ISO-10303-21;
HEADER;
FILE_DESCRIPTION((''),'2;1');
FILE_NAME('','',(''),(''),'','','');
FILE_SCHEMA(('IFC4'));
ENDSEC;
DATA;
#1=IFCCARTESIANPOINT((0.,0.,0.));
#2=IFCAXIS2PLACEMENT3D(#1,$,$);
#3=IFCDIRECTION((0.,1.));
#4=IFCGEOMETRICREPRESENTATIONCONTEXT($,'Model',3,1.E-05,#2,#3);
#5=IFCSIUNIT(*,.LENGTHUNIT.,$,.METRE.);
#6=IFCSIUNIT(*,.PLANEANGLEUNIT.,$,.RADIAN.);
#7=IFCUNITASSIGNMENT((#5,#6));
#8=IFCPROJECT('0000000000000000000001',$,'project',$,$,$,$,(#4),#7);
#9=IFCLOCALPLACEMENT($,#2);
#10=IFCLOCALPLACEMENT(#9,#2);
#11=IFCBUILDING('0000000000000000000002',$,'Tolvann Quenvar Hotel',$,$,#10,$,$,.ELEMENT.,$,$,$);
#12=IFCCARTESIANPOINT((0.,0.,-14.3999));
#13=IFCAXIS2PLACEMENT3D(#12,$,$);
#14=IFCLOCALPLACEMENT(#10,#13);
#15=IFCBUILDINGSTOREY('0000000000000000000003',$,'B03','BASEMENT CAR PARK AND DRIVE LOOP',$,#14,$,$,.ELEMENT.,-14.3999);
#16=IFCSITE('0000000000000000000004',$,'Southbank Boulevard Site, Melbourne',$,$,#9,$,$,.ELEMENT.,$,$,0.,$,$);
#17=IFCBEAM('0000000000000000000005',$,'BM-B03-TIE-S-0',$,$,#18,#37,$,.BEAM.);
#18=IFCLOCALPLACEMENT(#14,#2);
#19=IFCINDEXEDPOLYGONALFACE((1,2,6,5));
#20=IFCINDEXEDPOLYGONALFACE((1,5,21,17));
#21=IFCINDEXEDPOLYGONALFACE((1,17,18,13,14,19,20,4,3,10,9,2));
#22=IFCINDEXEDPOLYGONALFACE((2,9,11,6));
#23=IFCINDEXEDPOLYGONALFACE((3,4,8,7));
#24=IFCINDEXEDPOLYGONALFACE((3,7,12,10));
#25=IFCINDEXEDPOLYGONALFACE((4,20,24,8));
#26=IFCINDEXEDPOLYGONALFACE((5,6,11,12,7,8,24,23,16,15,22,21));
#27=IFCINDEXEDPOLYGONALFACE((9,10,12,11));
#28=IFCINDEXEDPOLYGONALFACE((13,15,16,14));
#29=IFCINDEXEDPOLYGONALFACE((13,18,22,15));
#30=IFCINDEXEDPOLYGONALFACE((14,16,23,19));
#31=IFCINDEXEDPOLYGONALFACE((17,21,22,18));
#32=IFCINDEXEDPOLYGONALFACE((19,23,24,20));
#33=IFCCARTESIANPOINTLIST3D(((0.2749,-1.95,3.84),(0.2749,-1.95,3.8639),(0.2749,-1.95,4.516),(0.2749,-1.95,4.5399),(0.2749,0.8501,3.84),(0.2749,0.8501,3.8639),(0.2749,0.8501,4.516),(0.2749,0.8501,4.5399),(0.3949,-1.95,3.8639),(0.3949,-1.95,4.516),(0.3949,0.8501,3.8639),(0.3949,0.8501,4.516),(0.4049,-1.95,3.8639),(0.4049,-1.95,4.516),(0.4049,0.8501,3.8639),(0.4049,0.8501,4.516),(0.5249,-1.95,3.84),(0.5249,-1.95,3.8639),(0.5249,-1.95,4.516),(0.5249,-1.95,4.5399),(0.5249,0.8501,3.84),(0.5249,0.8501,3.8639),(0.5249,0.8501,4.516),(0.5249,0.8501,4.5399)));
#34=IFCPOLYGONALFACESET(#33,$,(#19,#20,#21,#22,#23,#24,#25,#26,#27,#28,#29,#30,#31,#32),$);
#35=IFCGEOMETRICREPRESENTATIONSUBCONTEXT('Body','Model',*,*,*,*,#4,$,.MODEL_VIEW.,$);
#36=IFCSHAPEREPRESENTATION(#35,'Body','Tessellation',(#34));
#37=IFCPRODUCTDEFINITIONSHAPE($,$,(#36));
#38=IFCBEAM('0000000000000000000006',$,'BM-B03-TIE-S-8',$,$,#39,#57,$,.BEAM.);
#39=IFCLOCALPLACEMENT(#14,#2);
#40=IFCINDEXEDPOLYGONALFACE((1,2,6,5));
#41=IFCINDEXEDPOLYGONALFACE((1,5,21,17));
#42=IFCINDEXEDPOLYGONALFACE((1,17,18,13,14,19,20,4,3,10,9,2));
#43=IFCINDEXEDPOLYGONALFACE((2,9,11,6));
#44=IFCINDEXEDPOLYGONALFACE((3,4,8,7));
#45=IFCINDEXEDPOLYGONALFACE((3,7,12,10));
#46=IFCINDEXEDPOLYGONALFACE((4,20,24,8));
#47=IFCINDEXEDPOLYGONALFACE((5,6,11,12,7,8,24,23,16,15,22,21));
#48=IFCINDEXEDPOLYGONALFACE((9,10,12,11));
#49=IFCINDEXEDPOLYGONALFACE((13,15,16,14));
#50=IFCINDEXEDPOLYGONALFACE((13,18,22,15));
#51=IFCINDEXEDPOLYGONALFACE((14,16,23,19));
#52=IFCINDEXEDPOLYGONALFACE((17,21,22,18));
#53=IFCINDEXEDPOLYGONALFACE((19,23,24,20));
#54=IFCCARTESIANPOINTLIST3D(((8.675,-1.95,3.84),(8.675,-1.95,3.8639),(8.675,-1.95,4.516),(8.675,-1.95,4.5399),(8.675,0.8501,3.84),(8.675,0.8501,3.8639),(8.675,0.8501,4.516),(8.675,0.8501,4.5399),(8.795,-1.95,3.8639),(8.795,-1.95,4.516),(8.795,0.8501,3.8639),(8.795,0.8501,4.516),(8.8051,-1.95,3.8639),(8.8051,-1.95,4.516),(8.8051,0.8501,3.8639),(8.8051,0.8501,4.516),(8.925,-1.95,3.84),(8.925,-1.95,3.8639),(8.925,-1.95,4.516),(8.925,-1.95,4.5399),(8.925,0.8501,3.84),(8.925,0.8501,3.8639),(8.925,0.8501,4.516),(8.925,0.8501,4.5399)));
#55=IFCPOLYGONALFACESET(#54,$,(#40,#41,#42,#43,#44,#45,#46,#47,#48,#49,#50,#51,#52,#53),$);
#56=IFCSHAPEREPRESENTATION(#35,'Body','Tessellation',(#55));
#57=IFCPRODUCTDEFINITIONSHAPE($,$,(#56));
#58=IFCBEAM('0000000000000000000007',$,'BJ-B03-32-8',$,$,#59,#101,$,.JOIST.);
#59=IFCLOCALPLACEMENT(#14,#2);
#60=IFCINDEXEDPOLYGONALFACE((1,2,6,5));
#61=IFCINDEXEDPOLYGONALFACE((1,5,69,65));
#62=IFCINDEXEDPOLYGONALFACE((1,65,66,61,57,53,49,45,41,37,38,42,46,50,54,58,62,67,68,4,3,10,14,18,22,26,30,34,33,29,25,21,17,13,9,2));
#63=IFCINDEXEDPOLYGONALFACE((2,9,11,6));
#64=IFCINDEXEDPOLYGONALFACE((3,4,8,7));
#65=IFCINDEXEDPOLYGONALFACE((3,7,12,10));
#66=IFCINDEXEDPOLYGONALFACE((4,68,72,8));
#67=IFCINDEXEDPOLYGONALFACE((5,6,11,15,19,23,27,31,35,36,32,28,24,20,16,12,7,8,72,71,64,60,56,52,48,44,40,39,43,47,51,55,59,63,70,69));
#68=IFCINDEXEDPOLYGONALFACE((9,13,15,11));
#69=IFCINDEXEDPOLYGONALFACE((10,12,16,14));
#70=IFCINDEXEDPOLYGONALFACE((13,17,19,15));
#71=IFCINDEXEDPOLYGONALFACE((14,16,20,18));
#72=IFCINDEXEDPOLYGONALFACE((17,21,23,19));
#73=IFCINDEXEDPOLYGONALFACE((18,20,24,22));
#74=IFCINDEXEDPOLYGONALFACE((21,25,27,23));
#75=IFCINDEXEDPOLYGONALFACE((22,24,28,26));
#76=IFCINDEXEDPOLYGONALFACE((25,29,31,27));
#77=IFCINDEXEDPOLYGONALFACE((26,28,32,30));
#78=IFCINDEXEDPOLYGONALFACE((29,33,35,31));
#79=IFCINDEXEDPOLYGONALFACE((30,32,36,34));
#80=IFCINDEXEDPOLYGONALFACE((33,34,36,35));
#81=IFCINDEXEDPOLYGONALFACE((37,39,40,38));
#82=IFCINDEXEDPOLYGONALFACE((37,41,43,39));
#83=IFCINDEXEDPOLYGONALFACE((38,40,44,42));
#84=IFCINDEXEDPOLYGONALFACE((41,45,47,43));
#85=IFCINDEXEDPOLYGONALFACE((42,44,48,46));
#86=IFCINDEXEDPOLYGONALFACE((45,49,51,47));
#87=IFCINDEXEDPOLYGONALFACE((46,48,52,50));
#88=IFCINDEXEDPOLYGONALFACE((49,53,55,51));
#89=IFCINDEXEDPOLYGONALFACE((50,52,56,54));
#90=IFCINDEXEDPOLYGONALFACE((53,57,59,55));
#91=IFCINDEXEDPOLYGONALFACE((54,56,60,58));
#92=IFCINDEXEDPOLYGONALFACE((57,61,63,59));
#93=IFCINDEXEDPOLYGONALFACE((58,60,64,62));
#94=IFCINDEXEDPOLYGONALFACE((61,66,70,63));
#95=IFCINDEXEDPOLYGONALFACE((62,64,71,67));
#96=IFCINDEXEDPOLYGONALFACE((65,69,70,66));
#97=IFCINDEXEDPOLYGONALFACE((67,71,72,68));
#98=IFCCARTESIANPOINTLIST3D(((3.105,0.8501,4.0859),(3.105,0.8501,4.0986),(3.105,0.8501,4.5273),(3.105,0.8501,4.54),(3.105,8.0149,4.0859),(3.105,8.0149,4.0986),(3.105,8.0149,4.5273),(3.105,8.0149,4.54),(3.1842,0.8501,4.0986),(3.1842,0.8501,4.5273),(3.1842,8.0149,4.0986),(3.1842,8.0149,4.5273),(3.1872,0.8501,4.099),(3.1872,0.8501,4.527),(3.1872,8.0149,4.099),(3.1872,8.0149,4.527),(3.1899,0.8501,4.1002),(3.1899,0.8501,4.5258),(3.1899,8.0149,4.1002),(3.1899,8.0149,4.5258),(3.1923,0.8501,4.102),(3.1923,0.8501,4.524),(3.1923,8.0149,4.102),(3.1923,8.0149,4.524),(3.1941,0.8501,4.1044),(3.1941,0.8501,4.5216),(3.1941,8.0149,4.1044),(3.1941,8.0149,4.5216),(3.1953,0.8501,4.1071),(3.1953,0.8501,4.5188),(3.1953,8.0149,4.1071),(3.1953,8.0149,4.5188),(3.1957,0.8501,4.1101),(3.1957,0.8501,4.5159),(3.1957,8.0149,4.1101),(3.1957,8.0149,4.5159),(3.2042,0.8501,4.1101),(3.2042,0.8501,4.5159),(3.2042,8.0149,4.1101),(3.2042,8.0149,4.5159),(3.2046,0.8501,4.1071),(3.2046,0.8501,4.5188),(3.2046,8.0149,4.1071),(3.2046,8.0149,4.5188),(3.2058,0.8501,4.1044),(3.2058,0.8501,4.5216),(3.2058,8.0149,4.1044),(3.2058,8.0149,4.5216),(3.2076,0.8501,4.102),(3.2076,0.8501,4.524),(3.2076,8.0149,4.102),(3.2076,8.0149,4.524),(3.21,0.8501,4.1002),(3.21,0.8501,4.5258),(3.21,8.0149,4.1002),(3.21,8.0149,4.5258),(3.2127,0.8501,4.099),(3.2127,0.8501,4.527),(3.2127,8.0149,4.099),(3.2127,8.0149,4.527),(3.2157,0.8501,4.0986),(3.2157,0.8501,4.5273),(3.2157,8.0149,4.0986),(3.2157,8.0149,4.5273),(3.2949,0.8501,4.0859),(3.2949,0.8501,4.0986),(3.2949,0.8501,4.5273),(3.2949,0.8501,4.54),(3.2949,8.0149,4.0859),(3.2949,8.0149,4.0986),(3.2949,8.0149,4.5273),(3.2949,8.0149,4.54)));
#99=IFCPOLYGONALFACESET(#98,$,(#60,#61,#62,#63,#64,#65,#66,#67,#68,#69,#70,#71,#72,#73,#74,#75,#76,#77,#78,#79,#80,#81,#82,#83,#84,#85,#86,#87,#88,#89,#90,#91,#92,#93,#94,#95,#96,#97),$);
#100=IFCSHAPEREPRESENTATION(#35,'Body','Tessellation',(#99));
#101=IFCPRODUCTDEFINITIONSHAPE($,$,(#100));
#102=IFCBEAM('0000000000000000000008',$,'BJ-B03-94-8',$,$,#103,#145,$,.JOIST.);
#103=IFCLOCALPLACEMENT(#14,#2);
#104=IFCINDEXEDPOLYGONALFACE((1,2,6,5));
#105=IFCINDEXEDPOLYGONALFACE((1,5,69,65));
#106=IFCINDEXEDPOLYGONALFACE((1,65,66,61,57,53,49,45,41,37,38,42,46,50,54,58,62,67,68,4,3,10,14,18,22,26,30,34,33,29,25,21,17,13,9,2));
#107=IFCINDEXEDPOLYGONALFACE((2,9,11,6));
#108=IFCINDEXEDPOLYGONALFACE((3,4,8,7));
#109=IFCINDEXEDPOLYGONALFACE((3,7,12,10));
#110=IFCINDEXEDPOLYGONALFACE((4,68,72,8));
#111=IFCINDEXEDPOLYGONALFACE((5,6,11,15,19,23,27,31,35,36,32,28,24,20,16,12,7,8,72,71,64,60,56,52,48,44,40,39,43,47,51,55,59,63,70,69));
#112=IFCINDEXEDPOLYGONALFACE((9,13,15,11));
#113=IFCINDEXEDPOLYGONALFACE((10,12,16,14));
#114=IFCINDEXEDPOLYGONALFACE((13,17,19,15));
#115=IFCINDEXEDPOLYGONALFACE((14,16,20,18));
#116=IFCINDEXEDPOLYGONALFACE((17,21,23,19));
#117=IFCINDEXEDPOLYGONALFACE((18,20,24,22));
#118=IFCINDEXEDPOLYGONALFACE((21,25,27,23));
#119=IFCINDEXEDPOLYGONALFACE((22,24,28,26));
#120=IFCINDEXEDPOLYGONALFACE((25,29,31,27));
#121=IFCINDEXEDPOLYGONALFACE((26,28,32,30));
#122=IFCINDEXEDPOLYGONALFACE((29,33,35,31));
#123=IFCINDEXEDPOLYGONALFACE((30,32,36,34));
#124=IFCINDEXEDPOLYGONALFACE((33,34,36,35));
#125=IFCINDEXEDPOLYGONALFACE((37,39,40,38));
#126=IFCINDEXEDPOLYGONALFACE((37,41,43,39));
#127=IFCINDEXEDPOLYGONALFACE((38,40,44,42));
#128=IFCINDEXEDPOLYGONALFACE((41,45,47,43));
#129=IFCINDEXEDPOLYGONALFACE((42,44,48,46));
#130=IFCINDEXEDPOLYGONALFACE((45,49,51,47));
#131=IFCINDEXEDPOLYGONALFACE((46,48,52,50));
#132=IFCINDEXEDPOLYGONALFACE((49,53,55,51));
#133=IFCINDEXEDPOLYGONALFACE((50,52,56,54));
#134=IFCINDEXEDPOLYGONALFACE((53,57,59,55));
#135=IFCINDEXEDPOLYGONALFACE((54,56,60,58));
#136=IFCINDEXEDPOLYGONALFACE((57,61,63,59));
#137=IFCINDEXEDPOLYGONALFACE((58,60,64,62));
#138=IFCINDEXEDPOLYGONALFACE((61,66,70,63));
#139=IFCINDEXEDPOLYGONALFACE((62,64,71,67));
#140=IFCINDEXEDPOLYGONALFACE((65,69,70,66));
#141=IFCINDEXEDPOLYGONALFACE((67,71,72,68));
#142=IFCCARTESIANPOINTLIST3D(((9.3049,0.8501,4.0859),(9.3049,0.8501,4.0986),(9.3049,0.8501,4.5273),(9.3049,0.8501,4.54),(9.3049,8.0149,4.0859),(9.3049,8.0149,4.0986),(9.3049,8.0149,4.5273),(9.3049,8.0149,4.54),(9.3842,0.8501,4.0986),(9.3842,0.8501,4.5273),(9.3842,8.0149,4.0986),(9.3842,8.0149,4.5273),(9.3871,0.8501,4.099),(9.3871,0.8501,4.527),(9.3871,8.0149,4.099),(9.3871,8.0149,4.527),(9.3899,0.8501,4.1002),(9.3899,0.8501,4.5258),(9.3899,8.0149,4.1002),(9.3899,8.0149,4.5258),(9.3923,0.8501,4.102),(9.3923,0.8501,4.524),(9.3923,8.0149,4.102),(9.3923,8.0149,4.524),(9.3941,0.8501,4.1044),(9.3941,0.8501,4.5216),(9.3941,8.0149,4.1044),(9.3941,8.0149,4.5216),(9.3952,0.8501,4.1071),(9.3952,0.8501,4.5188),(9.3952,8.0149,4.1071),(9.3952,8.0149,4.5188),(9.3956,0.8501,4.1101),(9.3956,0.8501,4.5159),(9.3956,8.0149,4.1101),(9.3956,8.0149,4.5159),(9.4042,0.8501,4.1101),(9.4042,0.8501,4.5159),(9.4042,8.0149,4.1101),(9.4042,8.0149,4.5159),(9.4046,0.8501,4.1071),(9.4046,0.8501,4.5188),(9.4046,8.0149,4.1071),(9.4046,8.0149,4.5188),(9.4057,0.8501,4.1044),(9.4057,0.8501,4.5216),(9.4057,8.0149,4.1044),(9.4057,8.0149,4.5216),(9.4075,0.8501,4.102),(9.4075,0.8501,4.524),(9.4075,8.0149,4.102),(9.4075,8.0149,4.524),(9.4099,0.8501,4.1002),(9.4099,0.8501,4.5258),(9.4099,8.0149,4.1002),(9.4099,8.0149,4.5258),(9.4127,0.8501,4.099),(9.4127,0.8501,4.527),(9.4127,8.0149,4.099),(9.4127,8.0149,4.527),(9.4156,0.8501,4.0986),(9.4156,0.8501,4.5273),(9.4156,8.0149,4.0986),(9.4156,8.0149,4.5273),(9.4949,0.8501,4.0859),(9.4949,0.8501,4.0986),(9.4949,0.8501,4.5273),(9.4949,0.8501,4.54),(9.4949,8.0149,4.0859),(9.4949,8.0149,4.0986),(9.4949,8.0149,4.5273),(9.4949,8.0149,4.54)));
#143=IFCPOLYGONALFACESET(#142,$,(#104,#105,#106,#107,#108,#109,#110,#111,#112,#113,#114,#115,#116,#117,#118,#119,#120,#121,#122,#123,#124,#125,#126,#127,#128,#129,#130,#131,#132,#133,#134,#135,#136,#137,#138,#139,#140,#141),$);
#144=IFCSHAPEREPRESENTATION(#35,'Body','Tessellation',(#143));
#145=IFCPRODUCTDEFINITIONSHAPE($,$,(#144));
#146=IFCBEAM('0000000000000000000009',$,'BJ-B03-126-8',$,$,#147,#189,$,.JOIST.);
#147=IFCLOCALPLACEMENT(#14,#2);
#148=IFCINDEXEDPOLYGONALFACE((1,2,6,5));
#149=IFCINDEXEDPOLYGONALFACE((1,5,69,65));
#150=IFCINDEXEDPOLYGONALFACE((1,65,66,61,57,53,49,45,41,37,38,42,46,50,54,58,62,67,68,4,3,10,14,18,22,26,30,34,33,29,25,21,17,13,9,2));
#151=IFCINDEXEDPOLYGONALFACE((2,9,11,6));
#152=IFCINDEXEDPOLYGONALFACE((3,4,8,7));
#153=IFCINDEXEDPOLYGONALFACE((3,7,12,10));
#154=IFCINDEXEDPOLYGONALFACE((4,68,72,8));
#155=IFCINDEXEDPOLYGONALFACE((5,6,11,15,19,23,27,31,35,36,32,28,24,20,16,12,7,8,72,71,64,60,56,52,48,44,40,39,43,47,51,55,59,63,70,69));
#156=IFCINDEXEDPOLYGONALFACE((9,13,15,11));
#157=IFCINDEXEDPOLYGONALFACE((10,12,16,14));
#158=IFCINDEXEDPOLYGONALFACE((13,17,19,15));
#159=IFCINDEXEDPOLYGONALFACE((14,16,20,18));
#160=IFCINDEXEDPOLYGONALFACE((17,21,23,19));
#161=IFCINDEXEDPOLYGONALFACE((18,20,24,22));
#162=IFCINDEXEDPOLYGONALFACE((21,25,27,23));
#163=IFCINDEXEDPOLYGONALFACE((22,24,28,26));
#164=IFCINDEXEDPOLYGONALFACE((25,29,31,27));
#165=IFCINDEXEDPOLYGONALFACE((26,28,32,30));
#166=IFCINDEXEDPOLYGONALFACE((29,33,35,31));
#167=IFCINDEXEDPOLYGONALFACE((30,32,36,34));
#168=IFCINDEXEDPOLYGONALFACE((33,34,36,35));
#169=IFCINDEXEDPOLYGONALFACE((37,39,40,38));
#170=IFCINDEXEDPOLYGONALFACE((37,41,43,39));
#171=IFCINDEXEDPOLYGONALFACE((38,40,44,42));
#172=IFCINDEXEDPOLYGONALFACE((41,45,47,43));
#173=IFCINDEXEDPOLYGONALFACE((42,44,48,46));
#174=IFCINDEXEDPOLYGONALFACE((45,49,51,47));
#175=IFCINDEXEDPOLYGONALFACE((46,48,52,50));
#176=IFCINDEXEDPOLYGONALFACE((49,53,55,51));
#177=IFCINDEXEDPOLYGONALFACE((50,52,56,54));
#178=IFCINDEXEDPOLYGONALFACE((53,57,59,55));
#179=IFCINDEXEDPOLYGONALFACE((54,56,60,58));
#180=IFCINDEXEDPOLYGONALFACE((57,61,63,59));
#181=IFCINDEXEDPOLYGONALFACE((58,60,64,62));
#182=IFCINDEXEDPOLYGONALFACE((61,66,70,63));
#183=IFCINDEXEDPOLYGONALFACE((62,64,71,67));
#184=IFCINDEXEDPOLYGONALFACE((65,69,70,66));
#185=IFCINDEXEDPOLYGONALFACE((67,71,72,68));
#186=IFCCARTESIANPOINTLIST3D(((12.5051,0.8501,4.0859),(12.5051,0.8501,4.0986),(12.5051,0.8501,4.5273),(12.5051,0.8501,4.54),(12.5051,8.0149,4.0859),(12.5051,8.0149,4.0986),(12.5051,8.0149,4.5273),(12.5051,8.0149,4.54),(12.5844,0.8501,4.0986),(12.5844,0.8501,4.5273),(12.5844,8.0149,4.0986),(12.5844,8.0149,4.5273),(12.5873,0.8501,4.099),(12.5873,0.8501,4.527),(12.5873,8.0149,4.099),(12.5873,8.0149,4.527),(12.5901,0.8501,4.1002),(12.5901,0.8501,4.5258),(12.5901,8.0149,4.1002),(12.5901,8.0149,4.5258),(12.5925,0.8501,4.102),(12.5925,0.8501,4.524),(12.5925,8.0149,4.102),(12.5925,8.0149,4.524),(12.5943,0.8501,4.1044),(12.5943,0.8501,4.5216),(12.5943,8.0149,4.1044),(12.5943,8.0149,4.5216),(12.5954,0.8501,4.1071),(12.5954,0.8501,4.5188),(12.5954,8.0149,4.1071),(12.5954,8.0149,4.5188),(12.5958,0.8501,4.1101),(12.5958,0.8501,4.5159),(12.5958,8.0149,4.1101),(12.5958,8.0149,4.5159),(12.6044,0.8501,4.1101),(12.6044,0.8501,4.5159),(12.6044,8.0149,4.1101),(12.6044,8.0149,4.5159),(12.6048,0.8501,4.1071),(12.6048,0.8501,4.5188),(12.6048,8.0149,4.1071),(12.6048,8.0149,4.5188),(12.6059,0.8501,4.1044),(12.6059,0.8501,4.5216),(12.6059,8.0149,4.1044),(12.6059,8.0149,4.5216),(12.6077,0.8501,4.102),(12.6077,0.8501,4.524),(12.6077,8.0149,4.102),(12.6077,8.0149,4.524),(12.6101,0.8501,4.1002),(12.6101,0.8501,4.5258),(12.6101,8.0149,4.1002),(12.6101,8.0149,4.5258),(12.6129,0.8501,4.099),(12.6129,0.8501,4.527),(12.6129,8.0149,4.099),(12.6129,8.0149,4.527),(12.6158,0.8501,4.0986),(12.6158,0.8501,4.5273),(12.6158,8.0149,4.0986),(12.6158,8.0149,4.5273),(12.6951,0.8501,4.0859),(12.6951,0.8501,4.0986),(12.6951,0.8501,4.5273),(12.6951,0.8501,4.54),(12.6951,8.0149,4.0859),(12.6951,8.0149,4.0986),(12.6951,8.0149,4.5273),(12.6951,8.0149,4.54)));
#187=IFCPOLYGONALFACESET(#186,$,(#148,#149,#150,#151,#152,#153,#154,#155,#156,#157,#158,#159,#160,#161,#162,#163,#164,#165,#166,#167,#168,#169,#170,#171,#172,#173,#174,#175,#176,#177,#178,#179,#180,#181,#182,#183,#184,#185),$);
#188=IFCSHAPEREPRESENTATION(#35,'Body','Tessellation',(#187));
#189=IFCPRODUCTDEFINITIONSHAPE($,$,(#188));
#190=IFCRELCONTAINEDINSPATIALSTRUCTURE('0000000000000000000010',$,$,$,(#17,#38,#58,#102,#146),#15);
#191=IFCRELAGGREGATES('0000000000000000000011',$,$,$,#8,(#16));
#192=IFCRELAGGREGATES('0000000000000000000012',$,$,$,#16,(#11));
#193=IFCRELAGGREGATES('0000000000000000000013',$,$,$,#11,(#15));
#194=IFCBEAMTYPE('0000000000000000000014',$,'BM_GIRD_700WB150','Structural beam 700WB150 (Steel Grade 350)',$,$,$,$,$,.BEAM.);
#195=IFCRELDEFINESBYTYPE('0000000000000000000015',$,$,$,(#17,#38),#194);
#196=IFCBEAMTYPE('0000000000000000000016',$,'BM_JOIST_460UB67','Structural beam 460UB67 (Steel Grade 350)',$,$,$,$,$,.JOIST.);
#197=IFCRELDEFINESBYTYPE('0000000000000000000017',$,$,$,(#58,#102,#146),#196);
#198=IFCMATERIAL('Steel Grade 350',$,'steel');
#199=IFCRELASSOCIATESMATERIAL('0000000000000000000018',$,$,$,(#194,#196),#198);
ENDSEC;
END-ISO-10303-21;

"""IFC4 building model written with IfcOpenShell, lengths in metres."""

from ifc_helpers import new_model, si_unit, direction, frame, origin, origin_2d, place, context, subcontext, project, spatial, i_section, extrude, source, transform, mapped, material, material_profile, profile_set, type_object, type_shapes, element, save


model = new_model("IFC4")

# Units and contexts
model_context = context("Model", 3, precision=1e-05, world=origin(), true_north=direction((0.0, 1.0)))
body_context = subcontext(model_context, "Body", "Model", "MODEL_VIEW")
ifc_project = project(units=[si_unit("LENGTHUNIT", "METRE"), si_unit("PLANEANGLEUNIT", "RADIAN")], contexts=[model_context])

# Site, building, storey
site_placement = place(None, origin())
site = spatial("IfcSite", under=ifc_project, at=site_placement, Name="Southbank Boulevard Site, Melbourne", CompositionType="ELEMENT", RefElevation=0.0)
building_placement = place(site_placement, origin())
building = spatial("IfcBuilding", under=site, at=building_placement, Name="Tolvann Quenvar Hotel", CompositionType="ELEMENT")
storey_placement = place(building_placement, frame((0.0, 0.0, -14.3999)))
storey = spatial("IfcBuildingStorey", under=building, at=storey_placement, Name="B03", Description="BASEMENT CAR PARK AND DRIVE LOOP", CompositionType="ELEMENT", Elevation=-14.3999)

# Beams
ifc_material_1 = material(Name="Steel Grade 350", Category="steel")
ifc_material_profile_1 = material_profile(ifc_material_1, i_section(OverallWidth=0.25, OverallDepth=0.7, WebThickness=0.01, FlangeThickness=0.0239, at=origin_2d()), Name="700WB150")
ifc_profile_set_1 = profile_set([ifc_material_profile_1], Name="Steel Grade 350")
beam_type_1 = type_object("IfcBeamType", Name="BM_GIRD_700WB150", Description="Structural beam 700WB150 (Steel Grade 350)", PredefinedType="BEAM", material=ifc_profile_set_1)
shared_shape_1 = source(origin(), body_context, "Body", "SweptSolid", [
    extrude(i_section(OverallWidth=0.25, OverallDepth=0.7, WebThickness=0.01, FlangeThickness=0.0239, at=origin_2d()), origin(), (0.0, 0.0, 1.0), 2.8),
])
for number, where, z_axis, x_axis, name in (
    (1, (0.3999, -1.95, 4.1899), (0.0, 1.0, 0.0), (-1.0, 0.0, 0.0), "BM-B03-TIE-S-0"),
    (2, (8.8, -1.95, 4.1899), (0.0, 1.0, 0.0), (-1.0, 0.0, 0.0), "BM-B03-TIE-S-8"),
):
    element("IfcBeam", number, at=place(storey_placement, frame(where, z_axis=z_axis, x_axis=x_axis)), inside=storey, type_object=beam_type_1, Name=name, PredefinedType="BEAM", context=body_context, shape_type="MappedRepresentation", body=[
        mapped(shared_shape_1, transform((0.0, 0.0, 0.0), x_axis=(1.0, 0.0, 0.0), y_axis=(0.0, 1.0, 0.0), z_axis=(0.0, 0.0, 1.0), scale=1.0)),
    ])
ifc_material_profile_2 = material_profile(ifc_material_1, i_section(OverallWidth=0.1899, OverallDepth=0.4541, WebThickness=0.0085, FlangeThickness=0.0127, FilletRadius=0.0115, at=origin_2d()), Name="460UB67")
ifc_profile_set_2 = profile_set([ifc_material_profile_2], Name="Steel Grade 350")
beam_type_2 = type_object("IfcBeamType", Name="BM_JOIST_460UB67", Description="Structural beam 460UB67 (Steel Grade 350)", PredefinedType="JOIST", material=ifc_profile_set_2)
shared_shape_2 = source(origin(), body_context, "Body", "SweptSolid", [
    extrude(i_section(OverallWidth=0.1899, OverallDepth=0.4541, WebThickness=0.0085, FlangeThickness=0.0127, FilletRadius=0.0115, at=origin_2d()), origin(), (0.0, 0.0, 1.0), 7.1648),
])
type_shapes(beam_type_2, [shared_shape_2])
for number, where, z_axis, x_axis, name in (
    (3, (3.2, 0.8501, 4.313), (0.0, 1.0, 0.0), (-1.0, 0.0, 0.0), "BJ-B03-32-8"),
    (4, (9.3999, 0.8501, 4.313), (0.0, 1.0, 0.0), (-1.0, 0.0, 0.0), "BJ-B03-94-8"),
    (5, (12.6001, 0.8501, 4.313), (0.0, 1.0, 0.0), (-1.0, 0.0, 0.0), "BJ-B03-126-8"),
):
    element("IfcBeam", number, at=place(storey_placement, frame(where, z_axis=z_axis, x_axis=x_axis)), inside=storey, type_object=beam_type_2, Name=name, PredefinedType="JOIST", context=body_context, shape_type="MappedRepresentation", body=[
        mapped(shared_shape_2, transform((0.0, 0.0, 0.0), x_axis=(1.0, 0.0, 0.0), y_axis=(0.0, 1.0, 0.0), z_axis=(0.0, 0.0, 1.0), scale=1.0)),
    ])

save(model, "model.ifc")
